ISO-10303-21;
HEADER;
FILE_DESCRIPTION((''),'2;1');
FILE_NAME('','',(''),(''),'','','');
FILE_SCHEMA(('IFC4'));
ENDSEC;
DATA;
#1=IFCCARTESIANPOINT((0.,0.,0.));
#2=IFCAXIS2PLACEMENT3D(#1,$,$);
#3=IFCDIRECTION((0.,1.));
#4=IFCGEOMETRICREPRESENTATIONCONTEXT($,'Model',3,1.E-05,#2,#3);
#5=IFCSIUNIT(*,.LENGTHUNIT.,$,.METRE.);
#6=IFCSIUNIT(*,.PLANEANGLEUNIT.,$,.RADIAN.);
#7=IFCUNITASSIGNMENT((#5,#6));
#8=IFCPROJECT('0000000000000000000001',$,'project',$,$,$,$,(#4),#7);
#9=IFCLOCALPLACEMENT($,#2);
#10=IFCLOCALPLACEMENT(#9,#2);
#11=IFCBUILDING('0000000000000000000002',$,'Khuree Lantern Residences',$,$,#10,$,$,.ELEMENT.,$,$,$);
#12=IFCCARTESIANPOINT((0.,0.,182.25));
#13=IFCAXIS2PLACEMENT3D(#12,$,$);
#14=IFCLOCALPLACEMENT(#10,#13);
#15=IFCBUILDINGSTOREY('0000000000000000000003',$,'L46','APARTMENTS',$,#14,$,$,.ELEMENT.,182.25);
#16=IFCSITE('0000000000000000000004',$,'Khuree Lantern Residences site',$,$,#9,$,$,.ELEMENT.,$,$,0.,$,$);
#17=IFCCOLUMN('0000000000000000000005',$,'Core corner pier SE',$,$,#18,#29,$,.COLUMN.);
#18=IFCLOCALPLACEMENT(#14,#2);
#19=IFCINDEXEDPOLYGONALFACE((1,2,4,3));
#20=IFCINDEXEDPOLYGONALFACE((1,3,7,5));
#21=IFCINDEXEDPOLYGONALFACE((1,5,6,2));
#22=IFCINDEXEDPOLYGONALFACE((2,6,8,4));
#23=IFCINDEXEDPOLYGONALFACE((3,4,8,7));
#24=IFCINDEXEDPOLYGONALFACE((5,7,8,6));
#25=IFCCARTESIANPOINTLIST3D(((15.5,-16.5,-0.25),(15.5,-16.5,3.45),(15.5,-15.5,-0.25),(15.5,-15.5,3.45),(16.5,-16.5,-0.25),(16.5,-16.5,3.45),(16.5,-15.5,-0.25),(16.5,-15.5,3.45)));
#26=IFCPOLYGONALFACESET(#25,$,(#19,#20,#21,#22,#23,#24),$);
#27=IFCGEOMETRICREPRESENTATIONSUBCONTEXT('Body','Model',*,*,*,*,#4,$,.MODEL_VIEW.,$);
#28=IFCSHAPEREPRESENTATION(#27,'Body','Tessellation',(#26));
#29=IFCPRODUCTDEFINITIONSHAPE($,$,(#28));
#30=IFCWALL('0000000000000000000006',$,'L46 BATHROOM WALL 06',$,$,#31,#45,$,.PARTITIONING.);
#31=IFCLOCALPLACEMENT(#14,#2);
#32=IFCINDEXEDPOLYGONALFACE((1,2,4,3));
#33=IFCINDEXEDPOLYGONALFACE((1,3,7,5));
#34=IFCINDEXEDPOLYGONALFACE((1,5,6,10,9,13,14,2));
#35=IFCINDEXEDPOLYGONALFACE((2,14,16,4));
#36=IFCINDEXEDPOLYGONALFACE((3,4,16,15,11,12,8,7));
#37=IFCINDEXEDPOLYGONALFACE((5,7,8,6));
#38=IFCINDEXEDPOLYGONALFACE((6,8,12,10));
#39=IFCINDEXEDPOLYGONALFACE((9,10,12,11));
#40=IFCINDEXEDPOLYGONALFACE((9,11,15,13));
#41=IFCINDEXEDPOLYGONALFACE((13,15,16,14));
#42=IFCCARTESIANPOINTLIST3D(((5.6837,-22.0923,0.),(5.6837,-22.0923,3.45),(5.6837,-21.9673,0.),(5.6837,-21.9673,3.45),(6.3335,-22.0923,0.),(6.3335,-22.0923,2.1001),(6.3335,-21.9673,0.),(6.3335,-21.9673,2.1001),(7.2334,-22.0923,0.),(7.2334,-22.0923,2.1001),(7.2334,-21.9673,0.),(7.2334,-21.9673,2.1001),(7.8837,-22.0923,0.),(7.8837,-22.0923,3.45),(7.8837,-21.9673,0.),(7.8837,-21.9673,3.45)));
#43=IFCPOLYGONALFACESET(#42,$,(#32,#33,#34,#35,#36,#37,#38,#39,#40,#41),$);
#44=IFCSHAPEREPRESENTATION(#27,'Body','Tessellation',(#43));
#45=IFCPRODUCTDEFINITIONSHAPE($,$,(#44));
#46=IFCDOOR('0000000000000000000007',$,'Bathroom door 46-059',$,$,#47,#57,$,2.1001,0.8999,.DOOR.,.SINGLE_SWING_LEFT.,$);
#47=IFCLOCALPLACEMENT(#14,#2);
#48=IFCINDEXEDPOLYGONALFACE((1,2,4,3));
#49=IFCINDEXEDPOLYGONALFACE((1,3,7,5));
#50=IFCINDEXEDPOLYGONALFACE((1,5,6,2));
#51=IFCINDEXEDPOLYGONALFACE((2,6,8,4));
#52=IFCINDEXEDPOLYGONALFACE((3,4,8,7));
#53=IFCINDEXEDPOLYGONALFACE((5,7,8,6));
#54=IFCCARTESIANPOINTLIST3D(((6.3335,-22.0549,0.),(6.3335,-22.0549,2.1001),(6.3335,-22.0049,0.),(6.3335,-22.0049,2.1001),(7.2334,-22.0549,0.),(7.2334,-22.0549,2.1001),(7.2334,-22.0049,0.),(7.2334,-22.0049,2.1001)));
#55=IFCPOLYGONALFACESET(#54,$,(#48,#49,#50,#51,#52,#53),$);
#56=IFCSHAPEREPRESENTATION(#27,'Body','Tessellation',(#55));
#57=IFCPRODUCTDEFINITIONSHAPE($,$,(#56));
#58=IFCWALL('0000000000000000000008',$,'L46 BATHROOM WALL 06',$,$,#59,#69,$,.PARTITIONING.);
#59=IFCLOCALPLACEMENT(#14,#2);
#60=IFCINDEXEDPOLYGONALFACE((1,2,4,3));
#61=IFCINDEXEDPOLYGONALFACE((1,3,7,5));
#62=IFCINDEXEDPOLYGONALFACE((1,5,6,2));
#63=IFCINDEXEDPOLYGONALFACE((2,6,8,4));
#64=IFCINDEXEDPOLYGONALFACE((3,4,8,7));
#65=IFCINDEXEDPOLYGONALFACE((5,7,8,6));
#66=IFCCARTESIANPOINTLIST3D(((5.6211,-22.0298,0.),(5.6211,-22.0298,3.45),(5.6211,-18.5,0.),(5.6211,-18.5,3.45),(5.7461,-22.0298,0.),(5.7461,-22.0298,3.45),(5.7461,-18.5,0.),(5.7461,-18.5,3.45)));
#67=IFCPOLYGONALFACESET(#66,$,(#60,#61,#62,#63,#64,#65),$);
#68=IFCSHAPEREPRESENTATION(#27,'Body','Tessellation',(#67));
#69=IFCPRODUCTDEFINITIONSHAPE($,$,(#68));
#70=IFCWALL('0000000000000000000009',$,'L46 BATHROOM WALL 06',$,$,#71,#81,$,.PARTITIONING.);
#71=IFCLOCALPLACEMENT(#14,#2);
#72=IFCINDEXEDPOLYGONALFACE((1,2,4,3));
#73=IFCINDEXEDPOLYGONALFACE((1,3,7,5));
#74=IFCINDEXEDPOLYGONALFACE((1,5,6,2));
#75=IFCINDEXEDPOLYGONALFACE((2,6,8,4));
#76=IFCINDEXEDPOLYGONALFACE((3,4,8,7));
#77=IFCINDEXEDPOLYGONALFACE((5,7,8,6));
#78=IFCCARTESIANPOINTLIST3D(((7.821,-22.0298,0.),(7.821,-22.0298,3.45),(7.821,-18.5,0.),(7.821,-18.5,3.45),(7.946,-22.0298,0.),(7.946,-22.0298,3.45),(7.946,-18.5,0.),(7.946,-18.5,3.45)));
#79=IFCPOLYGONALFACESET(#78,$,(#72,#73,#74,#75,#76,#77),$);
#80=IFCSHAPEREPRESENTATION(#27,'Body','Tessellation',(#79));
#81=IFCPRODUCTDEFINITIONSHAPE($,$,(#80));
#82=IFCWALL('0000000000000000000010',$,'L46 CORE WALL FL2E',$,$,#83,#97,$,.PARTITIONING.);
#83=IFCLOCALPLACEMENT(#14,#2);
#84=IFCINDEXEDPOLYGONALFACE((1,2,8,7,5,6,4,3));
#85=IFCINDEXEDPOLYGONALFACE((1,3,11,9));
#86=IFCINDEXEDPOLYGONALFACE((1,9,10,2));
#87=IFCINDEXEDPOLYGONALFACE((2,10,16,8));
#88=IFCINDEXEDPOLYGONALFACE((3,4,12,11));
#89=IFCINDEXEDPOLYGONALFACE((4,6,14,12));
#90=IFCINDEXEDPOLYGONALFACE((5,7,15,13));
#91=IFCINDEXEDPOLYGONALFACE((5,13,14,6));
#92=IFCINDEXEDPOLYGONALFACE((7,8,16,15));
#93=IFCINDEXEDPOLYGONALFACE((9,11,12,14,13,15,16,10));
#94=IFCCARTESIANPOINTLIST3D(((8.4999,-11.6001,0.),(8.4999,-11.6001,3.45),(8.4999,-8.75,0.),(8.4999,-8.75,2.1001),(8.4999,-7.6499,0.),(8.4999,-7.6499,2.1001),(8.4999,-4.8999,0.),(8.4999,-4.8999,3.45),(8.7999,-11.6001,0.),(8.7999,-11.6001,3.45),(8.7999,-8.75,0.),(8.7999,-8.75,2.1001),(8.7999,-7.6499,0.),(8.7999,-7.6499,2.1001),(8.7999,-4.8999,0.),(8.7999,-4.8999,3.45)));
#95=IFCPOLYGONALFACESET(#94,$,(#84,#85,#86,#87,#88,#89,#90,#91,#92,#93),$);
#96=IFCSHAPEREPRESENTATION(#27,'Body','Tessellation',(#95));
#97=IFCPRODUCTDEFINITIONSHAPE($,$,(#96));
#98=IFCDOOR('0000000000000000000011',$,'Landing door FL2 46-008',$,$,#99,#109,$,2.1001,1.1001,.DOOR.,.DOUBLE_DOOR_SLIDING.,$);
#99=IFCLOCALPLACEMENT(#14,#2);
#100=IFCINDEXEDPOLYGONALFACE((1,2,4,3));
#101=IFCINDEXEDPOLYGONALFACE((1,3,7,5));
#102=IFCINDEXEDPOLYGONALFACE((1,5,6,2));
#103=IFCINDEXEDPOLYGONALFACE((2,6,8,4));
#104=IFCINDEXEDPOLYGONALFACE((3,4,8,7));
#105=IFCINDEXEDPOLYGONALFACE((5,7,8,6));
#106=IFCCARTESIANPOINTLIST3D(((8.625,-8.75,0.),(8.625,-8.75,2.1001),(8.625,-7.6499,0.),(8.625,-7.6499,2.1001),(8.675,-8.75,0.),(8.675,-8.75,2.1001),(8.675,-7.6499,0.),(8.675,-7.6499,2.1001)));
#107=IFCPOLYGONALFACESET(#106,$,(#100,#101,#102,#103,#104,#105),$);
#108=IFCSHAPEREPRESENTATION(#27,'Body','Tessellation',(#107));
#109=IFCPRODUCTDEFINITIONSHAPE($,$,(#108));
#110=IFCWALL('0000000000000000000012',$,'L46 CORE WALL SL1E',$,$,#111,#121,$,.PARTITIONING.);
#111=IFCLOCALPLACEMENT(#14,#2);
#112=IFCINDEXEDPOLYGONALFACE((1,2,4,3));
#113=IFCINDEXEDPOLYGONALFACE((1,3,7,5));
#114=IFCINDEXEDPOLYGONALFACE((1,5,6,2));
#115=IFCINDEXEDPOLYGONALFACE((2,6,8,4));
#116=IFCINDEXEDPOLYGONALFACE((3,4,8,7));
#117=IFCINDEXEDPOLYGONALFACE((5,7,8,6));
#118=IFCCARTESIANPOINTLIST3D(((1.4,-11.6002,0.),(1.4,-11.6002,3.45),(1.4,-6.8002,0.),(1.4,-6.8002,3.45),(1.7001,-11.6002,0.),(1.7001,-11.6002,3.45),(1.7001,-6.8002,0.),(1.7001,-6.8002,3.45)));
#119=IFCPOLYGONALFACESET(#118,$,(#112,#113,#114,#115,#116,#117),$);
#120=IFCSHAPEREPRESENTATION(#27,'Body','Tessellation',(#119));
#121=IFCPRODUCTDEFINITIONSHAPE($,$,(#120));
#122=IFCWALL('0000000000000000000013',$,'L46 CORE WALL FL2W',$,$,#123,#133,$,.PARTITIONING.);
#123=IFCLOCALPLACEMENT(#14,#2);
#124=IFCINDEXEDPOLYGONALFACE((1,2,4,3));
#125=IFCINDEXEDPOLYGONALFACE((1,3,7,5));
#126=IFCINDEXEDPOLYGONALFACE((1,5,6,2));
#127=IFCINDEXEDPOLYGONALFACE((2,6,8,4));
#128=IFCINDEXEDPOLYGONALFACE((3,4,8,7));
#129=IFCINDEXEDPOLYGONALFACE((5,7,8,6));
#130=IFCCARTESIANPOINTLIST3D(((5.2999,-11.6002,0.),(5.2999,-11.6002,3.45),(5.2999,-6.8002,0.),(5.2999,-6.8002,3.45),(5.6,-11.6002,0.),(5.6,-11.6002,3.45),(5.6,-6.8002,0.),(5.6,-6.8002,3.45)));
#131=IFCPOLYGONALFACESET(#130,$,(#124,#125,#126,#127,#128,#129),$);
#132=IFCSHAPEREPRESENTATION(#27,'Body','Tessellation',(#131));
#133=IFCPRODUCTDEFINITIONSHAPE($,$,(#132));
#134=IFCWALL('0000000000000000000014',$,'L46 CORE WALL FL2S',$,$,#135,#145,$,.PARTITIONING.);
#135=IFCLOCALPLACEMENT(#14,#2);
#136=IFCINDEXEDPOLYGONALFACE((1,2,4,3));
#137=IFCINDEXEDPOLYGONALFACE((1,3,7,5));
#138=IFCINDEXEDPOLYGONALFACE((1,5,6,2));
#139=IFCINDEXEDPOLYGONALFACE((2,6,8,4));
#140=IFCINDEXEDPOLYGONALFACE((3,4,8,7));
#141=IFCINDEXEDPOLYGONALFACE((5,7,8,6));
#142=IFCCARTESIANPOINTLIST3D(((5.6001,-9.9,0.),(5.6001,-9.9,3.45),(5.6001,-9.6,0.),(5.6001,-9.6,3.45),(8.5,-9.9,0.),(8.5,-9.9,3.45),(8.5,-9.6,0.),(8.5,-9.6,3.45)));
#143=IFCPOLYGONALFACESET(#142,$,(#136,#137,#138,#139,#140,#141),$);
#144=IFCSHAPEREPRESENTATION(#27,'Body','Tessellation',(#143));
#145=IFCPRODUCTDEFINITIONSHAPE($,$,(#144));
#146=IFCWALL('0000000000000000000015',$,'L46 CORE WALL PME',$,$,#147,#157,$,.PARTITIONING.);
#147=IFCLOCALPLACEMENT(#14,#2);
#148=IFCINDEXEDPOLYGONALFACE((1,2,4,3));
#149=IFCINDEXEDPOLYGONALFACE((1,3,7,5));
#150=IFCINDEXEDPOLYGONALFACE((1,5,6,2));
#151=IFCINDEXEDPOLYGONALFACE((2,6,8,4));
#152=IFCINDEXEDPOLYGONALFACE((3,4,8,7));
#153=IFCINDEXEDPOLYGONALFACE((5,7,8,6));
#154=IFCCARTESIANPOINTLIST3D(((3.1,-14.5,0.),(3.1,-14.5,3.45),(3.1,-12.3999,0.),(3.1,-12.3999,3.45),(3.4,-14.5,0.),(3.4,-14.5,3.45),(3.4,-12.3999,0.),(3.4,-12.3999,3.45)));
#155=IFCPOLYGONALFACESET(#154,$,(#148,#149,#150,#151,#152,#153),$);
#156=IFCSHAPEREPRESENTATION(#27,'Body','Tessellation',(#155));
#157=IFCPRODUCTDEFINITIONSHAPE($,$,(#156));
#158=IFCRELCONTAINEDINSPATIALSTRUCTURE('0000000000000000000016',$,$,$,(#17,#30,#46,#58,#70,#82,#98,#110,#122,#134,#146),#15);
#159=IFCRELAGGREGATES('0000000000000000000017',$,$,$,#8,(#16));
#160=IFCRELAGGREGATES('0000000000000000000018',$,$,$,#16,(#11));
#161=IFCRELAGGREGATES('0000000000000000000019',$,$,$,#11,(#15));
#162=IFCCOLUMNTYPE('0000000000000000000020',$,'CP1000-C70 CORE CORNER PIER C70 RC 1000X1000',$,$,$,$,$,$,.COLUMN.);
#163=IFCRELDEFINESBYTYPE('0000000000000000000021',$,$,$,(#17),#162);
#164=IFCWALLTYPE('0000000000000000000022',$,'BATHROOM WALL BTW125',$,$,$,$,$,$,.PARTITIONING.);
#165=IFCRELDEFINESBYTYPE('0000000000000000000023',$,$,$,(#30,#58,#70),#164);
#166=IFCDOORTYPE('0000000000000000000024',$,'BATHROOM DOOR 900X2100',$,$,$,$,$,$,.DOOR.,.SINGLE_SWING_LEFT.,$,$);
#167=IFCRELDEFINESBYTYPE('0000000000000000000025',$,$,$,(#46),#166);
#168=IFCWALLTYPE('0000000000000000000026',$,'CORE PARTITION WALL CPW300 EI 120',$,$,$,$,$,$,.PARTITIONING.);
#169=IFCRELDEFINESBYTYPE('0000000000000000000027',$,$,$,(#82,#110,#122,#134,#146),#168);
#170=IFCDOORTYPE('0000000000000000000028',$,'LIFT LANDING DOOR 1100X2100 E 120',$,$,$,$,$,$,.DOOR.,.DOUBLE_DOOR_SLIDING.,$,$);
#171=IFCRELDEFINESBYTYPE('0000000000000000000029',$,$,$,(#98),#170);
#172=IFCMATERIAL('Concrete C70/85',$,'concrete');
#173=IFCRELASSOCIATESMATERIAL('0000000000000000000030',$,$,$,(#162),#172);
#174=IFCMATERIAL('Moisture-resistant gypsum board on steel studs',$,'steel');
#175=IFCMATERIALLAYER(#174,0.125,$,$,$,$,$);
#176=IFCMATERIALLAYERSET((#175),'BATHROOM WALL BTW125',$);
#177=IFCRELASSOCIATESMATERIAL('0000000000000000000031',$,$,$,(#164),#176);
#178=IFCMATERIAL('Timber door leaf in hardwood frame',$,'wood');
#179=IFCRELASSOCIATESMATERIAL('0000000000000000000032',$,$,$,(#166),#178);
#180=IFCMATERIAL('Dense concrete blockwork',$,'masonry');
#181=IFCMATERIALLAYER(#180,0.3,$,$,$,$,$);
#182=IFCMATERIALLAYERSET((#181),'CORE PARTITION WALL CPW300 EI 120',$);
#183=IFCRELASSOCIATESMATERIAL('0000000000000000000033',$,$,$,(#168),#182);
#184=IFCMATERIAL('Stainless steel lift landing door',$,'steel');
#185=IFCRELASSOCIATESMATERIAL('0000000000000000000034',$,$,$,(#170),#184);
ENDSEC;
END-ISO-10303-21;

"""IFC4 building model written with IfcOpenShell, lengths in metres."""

from ifc_helpers import new_model, si_unit, direction, frame, frame_2d, origin, origin_2d, place, context, subcontext, project, spatial, rectangle, extrude, material, layer, layer_set, material_profile, profile_set, type_object, element, fill, save


model = new_model("IFC4")

# Units and contexts
model_context = context("Model", 3, precision=1e-05, world=origin(), true_north=direction((0.0, 1.0)))
body_context = subcontext(model_context, "Body", "Model", "MODEL_VIEW")
ifc_project = project(units=[si_unit("LENGTHUNIT", "METRE"), si_unit("PLANEANGLEUNIT", "RADIAN")], contexts=[model_context])

# Site, building, storey
site_placement = place(None, origin())
site = spatial("IfcSite", under=ifc_project, at=site_placement, Name="Khuree Lantern Residences site", CompositionType="ELEMENT", RefElevation=0.0)
building_placement = place(site_placement, origin())
building = spatial("IfcBuilding", under=site, at=building_placement, Name="Khuree Lantern Residences", CompositionType="ELEMENT")
storey_placement = place(building_placement, frame((0.0, 0.0, 182.25)))
storey = spatial("IfcBuildingStorey", under=building, at=storey_placement, Name="L46", Description="APARTMENTS", CompositionType="ELEMENT", Elevation=182.25)

# Column
ifc_material_1 = material(Name="Concrete C70/85", Category="concrete")
ifc_material_profile = material_profile(ifc_material_1, rectangle(XDim=1.0, YDim=1.0, at=origin_2d()), Name="RC 1000X1000")
ifc_profile_set = profile_set([ifc_material_profile], Name="Concrete C70/85")
column_type = type_object("IfcColumnType", Name="CP1000-C70 CORE CORNER PIER C70 RC 1000X1000", PredefinedType="COLUMN", material=ifc_profile_set)
column_placement = place(storey_placement, frame((16.0, -16.0, -0.25), z_axis=(0.0, 0.0, 1.0), x_axis=(1.0, 0.0, 0.0)))
element("IfcColumn", 1, at=column_placement, inside=storey, type_object=column_type, Name="Core corner pier SE", PredefinedType="COLUMN", context=body_context, shape_type="SweptSolid", body=[
    extrude(rectangle(XDim=1.0, YDim=1.0, at=origin_2d()), origin(), (0.0, 0.0, 1.0), 3.7),
])

# Wall, opening, door
ifc_material_2 = material(Name="Moisture-resistant gypsum board on steel studs", Category="steel")
ifc_layer_1 = layer(ifc_material_2, 0.125)
ifc_layer_set_1 = layer_set([ifc_layer_1], Name="BATHROOM WALL BTW125")
wall_type_1 = type_object("IfcWallType", Name="BATHROOM WALL BTW125", PredefinedType="PARTITIONING", material=ifc_layer_set_1)
wall_1_placement = place(storey_placement, frame((5.6836, -22.0298, 0.0), z_axis=(0.0, 0.0, 1.0), x_axis=(1.0, 0.0, 0.0)))
wall_1 = element("IfcWall", 2, at=wall_1_placement, inside=storey, type_object=wall_type_1, Name="L46 BATHROOM WALL 06", PredefinedType="PARTITIONING", context=body_context, shape_type="SweptSolid", body=[
    extrude(rectangle(XDim=2.2, YDim=0.125, at=frame_2d((1.1001, 0.0))), origin(), (0.0, 0.0, 1.0), 3.45),
])
opening_1_placement = place(wall_1_placement, frame((0.6499, 0.0, 0.0)))
opening_1 = element("IfcOpeningElement", 3, at=opening_1_placement, cuts=wall_1, PredefinedType="OPENING", context=body_context, shape_type="SweptSolid", body=[
    extrude(rectangle(XDim=0.8999, YDim=2.1001, at=frame_2d((0.45, 1.05))), frame((0.0, 0.0725, 0.0), z_axis=(0.0, -1.0, 0.0), x_axis=(1.0, 0.0, 0.0)), (0.0, 0.0, 1.0), 0.145),
])
ifc_material_3 = material(Name="Timber door leaf in hardwood frame", Category="wood")
door_type_1 = type_object("IfcDoorType", Name="BATHROOM DOOR 900X2100", OperationType="SINGLE_SWING_LEFT", PredefinedType="DOOR", material=ifc_material_3)
door_1_placement = place(opening_1_placement, origin())
door_1 = element("IfcDoor", 4, at=door_1_placement, inside=storey, type_object=door_type_1, Name="Bathroom door 46-059", OperationType="SINGLE_SWING_LEFT", OverallHeight=2.1001, OverallWidth=0.8999, PredefinedType="DOOR", context=body_context, shape_type="SweptSolid", body=[
    extrude(rectangle(XDim=0.8999, YDim=2.1001, at=frame_2d((0.45, 1.05))), frame((0.0, 0.0249, 0.0), z_axis=(0.0, -1.0, 0.0), x_axis=(1.0, 0.0, 0.0)), (0.0, 0.0, 1.0), 0.05),
])
fill(opening_1, door_1)

# Walls
for number, where, z_axis, x_axis, name in (
    (5, (5.6836, -18.5, 0.0), (0.0, 0.0, 1.0), (0.0, -1.0, 0.0), "L46 BATHROOM WALL 06"),
    (6, (7.8835, -18.5, 0.0), (0.0, 0.0, 1.0), (0.0, -1.0, 0.0), "L46 BATHROOM WALL 06"),
):
    element("IfcWall", number, at=place(storey_placement, frame(where, z_axis=z_axis, x_axis=x_axis)), inside=storey, type_object=wall_type_1, Name=name, PredefinedType="PARTITIONING", context=body_context, shape_type="SweptSolid", body=[
        extrude(rectangle(XDim=3.5298, YDim=0.125, at=frame_2d((1.7649, 0.0))), origin(), (0.0, 0.0, 1.0), 3.45),
    ])

# Wall, opening, door
ifc_material_4 = material(Name="Dense concrete blockwork", Category="masonry")
ifc_layer_2 = layer(ifc_material_4, 0.3)
ifc_layer_set_2 = layer_set([ifc_layer_2], Name="CORE PARTITION WALL CPW300 EI 120")
wall_type_2 = type_object("IfcWallType", Name="CORE PARTITION WALL CPW300 EI 120", PredefinedType="PARTITIONING", material=ifc_layer_set_2)
wall_2_placement = place(storey_placement, frame((8.6499, -11.6001, 0.0), z_axis=(0.0, 0.0, 1.0), x_axis=(0.0, 1.0, 0.0)))
wall_2 = element("IfcWall", 7, at=wall_2_placement, inside=storey, type_object=wall_type_2, Name="L46 CORE WALL FL2E", PredefinedType="PARTITIONING", context=body_context, shape_type="SweptSolid", body=[
    extrude(rectangle(XDim=6.7002, YDim=0.3, at=frame_2d((3.3501, 0.0))), origin(), (0.0, 0.0, 1.0), 3.45),
])
opening_2_placement = place(wall_2_placement, frame((2.8501, 0.0, 0.0)))
opening_2 = element("IfcOpeningElement", 8, at=opening_2_placement, cuts=wall_2, PredefinedType="OPENING", context=body_context, shape_type="SweptSolid", body=[
    extrude(rectangle(XDim=1.1001, YDim=2.1001, at=frame_2d((0.55, 1.05))), frame((0.0, 0.1602, 0.0), z_axis=(0.0, -1.0, 0.0), x_axis=(1.0, 0.0, 0.0)), (0.0, 0.0, 1.0), 0.3201),
])
ifc_material_5 = material(Name="Stainless steel lift landing door", Category="steel")
door_type_2 = type_object("IfcDoorType", Name="LIFT LANDING DOOR 1100X2100 E 120", OperationType="DOUBLE_DOOR_SLIDING", PredefinedType="DOOR", material=ifc_material_5)
door_2_placement = place(opening_2_placement, origin())
door_2 = element("IfcDoor", 9, at=door_2_placement, inside=storey, type_object=door_type_2, Name="Landing door FL2 46-008", OperationType="DOUBLE_DOOR_SLIDING", OverallHeight=2.1001, OverallWidth=1.1001, PredefinedType="DOOR", context=body_context, shape_type="SweptSolid", body=[
    extrude(rectangle(XDim=1.1001, YDim=2.1001, at=frame_2d((0.55, 1.05))), frame((0.0, 0.0249, 0.0), z_axis=(0.0, -1.0, 0.0), x_axis=(1.0, 0.0, 0.0)), (0.0, 0.0, 1.0), 0.05),
])
fill(opening_2, door_2)

# Walls
for number, where, z_axis, x_axis, name in (
    (10, (1.55, -11.6001, 0.0), (0.0, 0.0, 1.0), (0.0, 1.0, 0.0), "L46 CORE WALL SL1E"),
    (11, (5.45, -11.6001, 0.0), (0.0, 0.0, 1.0), (0.0, 1.0, 0.0), "L46 CORE WALL FL2W"),
):
    element("IfcWall", number, at=place(storey_placement, frame(where, z_axis=z_axis, x_axis=x_axis)), inside=storey, type_object=wall_type_2, Name=name, PredefinedType="PARTITIONING", context=body_context, shape_type="SweptSolid", body=[
        extrude(rectangle(XDim=4.8, YDim=0.3, at=frame_2d((2.3999, 0.0))), origin(), (0.0, 0.0, 1.0), 3.45),
    ])
wall_3_placement = place(storey_placement, frame((5.6001, -9.75, 0.0), z_axis=(0.0, 0.0, 1.0), x_axis=(1.0, 0.0, 0.0)))
element("IfcWall", 12, at=wall_3_placement, inside=storey, type_object=wall_type_2, Name="L46 CORE WALL FL2S", PredefinedType="PARTITIONING", context=body_context, shape_type="SweptSolid", body=[
    extrude(rectangle(XDim=2.8999, YDim=0.3, at=frame_2d((1.45, 0.0))), origin(), (0.0, 0.0, 1.0), 3.45),
])
wall_4_placement = place(storey_placement, frame((3.25, -14.5, 0.0), z_axis=(0.0, 0.0, 1.0), x_axis=(0.0, 1.0, 0.0)))
element("IfcWall", 13, at=wall_4_placement, inside=storey, type_object=wall_type_2, Name="L46 CORE WALL PME", PredefinedType="PARTITIONING", context=body_context, shape_type="SweptSolid", body=[
    extrude(rectangle(XDim=2.1001, YDim=0.3, at=frame_2d((1.05, 0.0))), origin(), (0.0, 0.0, 1.0), 3.45),
])

save(model, "model.ifc")
